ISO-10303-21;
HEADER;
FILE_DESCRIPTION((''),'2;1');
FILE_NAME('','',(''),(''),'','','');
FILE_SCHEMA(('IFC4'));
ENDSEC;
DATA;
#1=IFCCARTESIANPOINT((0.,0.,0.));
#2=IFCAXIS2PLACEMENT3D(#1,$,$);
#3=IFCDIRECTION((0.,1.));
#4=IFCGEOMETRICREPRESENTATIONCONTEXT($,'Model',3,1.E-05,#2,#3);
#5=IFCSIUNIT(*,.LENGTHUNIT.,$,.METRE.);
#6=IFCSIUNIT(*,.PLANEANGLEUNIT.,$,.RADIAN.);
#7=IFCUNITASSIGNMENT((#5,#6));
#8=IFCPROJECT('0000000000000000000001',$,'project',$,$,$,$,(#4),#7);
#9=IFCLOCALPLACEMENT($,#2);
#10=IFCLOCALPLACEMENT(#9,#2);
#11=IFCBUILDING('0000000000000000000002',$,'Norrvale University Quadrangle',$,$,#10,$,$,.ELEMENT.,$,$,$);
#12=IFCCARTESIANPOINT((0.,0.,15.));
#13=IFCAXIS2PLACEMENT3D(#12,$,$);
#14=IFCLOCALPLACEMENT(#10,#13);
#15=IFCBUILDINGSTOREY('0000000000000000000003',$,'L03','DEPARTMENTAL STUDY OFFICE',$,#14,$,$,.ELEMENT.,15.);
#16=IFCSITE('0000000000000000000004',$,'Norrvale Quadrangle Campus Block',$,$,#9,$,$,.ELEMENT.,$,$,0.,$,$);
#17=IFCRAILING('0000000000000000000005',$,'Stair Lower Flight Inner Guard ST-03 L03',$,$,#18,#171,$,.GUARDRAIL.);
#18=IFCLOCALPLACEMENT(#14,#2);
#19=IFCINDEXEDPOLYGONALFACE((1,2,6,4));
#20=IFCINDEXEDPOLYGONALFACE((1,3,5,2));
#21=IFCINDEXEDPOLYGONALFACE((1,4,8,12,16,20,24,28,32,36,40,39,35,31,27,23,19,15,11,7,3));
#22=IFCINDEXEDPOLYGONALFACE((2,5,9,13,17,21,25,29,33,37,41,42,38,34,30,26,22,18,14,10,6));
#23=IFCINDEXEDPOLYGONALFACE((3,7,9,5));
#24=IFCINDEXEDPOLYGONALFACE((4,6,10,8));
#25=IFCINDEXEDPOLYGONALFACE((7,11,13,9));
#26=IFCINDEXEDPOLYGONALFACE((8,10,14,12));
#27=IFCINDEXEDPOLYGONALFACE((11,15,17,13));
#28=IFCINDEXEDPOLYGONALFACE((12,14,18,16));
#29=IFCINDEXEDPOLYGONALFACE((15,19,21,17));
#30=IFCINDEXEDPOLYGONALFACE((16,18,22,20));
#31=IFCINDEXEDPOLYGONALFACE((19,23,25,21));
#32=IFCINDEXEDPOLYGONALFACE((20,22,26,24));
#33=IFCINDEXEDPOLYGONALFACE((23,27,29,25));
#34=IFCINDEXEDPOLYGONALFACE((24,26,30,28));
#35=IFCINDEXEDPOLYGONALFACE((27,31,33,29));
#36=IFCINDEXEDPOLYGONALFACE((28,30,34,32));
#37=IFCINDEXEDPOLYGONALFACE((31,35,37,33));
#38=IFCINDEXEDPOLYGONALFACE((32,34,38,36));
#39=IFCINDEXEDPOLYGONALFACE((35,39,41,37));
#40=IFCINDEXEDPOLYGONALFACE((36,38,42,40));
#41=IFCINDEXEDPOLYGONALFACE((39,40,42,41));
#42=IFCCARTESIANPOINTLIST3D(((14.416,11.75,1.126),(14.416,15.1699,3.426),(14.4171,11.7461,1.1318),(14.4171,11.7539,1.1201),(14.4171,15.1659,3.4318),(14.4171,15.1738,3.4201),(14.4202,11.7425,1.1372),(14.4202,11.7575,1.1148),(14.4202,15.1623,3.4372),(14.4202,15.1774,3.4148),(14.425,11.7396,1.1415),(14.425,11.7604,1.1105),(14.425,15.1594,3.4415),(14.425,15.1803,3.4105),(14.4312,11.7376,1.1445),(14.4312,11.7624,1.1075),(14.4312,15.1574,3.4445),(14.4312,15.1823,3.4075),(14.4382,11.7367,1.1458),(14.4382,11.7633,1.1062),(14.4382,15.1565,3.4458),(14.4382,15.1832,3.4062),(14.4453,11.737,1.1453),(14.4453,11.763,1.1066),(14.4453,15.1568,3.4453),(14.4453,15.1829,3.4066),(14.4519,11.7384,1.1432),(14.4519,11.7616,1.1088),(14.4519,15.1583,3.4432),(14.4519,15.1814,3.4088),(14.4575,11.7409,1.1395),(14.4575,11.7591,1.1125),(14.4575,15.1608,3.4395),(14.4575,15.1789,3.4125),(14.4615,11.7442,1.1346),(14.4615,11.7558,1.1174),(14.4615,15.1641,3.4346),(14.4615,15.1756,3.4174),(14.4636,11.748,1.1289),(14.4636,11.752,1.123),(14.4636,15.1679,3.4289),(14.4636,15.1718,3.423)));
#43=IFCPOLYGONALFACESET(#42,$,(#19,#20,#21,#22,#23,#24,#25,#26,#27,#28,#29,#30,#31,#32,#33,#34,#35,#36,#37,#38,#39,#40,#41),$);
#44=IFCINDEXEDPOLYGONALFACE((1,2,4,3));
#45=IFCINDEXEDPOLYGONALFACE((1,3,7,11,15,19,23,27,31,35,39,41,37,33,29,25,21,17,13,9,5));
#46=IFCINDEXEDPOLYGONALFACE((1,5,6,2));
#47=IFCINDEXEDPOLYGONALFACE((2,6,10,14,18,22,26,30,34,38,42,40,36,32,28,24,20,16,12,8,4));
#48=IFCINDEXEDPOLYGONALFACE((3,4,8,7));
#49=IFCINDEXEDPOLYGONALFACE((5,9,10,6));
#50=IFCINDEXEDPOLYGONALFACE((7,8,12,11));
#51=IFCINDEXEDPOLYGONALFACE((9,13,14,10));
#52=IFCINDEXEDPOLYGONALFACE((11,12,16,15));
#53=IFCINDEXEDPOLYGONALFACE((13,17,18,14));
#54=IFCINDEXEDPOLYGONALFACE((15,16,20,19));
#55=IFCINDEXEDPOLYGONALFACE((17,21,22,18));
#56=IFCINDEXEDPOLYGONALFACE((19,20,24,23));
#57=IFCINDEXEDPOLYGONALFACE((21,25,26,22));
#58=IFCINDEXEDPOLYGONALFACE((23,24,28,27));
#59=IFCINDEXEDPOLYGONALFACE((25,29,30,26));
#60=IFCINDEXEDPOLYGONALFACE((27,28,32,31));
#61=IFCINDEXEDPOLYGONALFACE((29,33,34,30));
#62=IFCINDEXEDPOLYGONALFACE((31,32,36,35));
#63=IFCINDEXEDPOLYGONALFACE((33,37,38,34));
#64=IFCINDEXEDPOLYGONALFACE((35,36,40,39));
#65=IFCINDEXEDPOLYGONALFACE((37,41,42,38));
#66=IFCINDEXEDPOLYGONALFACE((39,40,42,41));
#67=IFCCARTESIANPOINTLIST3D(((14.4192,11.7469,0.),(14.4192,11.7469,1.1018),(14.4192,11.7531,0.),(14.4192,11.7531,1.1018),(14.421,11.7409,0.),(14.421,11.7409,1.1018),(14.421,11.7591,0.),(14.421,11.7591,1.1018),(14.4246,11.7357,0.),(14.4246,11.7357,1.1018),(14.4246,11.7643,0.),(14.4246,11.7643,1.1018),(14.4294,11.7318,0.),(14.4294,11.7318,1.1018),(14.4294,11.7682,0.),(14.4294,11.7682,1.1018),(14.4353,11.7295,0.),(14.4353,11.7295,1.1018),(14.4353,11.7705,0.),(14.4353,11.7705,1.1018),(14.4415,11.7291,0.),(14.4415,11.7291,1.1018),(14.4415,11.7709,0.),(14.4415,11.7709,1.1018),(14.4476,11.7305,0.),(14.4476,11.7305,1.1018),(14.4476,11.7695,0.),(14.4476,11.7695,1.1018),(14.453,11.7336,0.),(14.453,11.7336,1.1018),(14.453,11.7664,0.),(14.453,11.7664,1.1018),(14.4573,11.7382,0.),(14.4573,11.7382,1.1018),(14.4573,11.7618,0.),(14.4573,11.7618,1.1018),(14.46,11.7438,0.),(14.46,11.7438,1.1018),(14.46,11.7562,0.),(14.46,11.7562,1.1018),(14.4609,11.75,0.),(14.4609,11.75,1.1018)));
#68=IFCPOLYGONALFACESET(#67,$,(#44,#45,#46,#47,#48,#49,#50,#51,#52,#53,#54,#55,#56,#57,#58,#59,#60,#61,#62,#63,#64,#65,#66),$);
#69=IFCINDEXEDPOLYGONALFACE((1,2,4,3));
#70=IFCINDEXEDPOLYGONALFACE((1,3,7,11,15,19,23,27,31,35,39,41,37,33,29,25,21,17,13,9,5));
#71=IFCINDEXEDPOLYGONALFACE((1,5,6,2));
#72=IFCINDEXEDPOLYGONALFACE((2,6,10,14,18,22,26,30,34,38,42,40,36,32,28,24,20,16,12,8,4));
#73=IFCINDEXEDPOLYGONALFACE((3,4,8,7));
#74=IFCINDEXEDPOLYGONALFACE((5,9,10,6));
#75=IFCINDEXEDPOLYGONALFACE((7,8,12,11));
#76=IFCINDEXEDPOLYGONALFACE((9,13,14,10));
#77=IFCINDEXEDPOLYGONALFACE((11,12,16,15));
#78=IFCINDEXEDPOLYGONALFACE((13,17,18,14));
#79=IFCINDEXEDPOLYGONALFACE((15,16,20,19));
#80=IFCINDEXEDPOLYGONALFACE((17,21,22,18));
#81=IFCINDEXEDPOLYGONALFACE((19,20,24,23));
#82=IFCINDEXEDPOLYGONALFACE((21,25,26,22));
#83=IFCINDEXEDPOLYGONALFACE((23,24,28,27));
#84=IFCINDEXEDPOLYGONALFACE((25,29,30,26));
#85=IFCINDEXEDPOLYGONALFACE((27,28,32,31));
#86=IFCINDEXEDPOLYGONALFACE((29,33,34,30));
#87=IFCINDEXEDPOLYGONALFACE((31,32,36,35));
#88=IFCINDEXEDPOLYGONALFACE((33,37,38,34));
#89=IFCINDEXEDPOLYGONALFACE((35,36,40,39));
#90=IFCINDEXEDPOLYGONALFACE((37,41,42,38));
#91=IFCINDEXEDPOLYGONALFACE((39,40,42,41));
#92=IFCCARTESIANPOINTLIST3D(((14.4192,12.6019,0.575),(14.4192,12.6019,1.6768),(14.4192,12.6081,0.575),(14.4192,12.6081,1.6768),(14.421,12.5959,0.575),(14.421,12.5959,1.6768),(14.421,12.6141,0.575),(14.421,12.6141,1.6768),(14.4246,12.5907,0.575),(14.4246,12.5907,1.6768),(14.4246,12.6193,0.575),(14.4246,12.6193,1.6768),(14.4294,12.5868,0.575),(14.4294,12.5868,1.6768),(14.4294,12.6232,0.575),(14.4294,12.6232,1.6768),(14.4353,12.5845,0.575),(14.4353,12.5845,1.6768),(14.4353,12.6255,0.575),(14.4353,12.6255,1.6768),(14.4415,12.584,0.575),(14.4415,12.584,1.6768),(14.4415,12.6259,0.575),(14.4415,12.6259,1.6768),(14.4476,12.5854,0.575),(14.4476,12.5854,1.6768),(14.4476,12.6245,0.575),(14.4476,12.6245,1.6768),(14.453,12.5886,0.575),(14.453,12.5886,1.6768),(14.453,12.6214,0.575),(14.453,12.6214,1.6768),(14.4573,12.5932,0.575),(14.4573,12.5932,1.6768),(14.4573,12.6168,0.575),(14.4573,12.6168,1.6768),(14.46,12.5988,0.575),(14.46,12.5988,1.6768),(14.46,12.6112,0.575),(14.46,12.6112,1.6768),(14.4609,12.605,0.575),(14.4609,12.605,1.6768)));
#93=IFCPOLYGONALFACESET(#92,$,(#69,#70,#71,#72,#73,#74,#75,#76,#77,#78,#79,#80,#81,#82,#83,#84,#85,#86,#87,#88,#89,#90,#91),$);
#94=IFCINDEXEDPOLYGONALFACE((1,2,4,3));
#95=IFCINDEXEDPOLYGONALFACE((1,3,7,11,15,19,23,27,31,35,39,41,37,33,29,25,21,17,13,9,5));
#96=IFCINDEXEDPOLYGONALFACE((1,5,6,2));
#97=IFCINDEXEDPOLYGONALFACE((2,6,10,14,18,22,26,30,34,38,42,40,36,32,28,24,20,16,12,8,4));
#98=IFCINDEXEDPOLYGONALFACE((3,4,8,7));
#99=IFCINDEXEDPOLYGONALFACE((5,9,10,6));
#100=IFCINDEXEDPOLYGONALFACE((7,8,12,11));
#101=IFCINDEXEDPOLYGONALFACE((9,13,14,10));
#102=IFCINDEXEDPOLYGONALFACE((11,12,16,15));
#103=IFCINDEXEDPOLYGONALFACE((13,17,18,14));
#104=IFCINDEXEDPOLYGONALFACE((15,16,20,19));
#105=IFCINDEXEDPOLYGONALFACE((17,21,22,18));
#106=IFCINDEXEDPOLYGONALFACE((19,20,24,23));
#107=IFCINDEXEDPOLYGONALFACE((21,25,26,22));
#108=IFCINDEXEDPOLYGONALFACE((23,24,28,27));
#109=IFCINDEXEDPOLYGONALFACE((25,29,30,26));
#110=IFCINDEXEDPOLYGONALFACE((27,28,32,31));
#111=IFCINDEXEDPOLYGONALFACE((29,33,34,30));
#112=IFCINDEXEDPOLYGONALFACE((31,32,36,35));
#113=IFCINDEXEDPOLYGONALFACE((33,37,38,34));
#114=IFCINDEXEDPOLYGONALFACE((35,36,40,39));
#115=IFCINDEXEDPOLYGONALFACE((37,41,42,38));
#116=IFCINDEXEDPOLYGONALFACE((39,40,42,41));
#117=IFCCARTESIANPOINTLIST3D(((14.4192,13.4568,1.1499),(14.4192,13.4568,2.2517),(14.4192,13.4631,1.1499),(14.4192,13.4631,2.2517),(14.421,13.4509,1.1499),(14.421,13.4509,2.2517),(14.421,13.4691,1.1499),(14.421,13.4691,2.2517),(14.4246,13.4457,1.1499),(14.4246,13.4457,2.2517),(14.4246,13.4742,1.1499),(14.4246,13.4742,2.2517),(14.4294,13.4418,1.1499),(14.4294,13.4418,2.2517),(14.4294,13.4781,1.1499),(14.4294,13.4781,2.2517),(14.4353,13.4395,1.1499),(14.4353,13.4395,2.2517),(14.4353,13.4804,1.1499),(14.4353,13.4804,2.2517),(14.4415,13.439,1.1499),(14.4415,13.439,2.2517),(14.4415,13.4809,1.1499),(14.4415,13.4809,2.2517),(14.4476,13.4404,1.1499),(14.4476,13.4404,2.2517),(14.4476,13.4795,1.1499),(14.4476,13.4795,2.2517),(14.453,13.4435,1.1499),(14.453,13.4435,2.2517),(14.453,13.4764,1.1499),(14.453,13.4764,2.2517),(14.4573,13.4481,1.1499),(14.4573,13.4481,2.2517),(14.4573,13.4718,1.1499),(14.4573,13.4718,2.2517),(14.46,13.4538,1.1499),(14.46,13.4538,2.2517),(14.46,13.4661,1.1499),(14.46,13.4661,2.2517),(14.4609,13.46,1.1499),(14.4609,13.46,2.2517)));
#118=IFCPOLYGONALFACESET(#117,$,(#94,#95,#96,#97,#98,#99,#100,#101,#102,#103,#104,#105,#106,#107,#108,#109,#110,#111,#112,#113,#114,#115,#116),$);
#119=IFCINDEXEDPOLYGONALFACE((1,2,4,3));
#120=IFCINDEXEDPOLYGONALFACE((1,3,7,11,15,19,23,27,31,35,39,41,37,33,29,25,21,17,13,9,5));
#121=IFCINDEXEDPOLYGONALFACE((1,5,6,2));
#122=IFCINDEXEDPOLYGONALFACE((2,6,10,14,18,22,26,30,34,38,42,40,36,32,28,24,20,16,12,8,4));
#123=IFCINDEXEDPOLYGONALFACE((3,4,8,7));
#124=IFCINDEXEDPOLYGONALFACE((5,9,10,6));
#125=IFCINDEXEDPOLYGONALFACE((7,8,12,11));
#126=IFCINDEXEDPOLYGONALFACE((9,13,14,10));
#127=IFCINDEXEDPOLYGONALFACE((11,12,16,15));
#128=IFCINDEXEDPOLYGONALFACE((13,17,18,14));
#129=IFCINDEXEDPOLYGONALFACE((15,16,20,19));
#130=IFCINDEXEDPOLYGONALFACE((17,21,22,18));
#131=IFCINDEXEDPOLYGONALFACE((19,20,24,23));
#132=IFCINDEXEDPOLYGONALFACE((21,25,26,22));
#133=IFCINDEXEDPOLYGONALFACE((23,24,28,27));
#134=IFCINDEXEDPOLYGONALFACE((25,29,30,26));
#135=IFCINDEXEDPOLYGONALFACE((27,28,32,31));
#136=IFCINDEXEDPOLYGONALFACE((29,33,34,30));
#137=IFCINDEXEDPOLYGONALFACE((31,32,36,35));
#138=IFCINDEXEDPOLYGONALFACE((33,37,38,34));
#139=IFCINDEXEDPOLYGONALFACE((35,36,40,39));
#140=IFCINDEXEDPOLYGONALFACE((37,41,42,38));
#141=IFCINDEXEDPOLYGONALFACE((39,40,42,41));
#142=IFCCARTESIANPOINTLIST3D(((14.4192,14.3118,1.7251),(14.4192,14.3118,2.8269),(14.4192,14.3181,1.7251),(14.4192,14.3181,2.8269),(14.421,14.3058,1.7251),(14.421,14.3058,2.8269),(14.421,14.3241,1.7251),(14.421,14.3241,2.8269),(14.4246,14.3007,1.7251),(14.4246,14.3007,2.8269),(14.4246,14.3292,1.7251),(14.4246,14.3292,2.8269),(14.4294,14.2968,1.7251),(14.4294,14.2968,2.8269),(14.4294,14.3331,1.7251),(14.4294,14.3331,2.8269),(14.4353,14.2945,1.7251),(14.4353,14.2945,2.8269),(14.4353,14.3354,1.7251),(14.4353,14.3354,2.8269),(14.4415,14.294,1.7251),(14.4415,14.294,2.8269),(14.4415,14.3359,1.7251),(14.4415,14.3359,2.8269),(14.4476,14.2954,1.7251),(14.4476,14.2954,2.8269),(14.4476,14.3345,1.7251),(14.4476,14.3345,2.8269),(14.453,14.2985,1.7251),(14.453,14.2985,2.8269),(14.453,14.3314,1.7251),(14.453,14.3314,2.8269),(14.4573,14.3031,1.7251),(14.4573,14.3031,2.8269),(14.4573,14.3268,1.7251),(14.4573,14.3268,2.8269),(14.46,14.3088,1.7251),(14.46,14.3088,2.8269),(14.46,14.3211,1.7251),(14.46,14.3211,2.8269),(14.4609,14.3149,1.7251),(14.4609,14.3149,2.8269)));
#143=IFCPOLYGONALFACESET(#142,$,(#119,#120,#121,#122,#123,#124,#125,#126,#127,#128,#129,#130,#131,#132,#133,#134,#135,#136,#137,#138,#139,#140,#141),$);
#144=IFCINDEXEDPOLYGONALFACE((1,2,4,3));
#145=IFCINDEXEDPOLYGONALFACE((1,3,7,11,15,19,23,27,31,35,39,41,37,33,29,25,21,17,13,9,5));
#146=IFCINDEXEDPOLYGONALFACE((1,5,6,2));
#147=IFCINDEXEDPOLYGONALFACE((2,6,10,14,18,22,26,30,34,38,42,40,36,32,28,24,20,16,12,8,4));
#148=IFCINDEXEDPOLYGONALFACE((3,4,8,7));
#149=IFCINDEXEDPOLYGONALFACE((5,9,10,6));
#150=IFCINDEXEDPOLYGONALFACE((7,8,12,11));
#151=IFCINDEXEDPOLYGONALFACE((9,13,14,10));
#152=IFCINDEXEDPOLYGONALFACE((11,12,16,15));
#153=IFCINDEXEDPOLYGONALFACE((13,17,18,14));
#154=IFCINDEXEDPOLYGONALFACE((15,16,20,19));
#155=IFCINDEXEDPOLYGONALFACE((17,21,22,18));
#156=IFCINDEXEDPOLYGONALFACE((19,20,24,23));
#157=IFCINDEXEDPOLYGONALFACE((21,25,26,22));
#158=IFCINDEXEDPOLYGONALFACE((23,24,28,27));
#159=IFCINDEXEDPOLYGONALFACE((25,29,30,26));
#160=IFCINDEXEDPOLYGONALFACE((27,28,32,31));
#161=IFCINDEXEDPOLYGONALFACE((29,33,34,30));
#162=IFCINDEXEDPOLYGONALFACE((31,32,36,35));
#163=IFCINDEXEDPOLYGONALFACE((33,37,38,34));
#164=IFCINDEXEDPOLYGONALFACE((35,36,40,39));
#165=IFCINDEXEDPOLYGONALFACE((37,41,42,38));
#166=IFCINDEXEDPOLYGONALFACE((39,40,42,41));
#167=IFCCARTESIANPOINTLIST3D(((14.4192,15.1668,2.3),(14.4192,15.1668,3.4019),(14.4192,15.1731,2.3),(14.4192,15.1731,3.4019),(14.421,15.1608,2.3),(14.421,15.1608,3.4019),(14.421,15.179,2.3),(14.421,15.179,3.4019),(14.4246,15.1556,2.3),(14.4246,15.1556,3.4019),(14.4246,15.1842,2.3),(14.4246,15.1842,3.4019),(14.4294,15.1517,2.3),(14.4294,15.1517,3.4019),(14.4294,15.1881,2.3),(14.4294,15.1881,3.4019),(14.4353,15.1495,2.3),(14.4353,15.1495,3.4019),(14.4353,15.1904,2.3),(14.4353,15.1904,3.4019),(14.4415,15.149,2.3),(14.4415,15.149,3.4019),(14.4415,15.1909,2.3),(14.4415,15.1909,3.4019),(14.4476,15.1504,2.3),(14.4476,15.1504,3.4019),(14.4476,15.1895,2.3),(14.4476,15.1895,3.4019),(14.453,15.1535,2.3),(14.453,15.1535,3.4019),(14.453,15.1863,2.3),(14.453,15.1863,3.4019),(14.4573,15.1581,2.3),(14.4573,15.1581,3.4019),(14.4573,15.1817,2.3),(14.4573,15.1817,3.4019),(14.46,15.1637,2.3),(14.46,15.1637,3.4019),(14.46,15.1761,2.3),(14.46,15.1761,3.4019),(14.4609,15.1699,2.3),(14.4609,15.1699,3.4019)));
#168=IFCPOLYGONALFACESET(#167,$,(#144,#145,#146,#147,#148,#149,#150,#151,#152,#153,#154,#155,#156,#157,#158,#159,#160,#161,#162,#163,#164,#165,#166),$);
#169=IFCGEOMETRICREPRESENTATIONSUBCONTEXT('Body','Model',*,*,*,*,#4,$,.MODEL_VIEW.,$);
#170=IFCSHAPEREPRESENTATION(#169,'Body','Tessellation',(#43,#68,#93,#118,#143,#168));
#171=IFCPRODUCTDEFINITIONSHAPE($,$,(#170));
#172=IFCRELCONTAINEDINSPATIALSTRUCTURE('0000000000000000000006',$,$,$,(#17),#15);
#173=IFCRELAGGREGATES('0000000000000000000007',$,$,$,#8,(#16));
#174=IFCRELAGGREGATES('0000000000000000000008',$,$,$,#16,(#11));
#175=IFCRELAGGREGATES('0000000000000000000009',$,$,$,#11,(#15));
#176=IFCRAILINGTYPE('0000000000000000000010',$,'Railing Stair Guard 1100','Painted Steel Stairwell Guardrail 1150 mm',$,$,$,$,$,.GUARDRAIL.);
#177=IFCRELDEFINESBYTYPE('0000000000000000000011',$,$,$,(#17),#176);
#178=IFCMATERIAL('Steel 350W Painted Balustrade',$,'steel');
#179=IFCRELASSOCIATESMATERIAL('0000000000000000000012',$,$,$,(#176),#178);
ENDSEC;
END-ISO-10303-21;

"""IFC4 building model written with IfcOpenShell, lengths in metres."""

from ifc_helpers import new_model, si_unit, direction, frame, origin, origin_2d, place, context, subcontext, project, spatial, circle, extrude, material, type_object, element, save


model = new_model("IFC4")

# Units and contexts
model_context = context("Model", 3, precision=1e-05, world=origin(), true_north=direction((0.0, 1.0)))
body_context = subcontext(model_context, "Body", "Model", "MODEL_VIEW")
ifc_project = project(units=[si_unit("LENGTHUNIT", "METRE"), si_unit("PLANEANGLEUNIT", "RADIAN")], contexts=[model_context])

# Site, building, storey
site_placement = place(None, origin())
site = spatial("IfcSite", under=ifc_project, at=site_placement, Name="Norrvale Quadrangle Campus Block", CompositionType="ELEMENT", RefElevation=0.0)
building_placement = place(site_placement, origin())
building = spatial("IfcBuilding", under=site, at=building_placement, Name="Norrvale University Quadrangle", CompositionType="ELEMENT")
storey_placement = place(building_placement, frame((0.0, 0.0, 15.0)))
storey = spatial("IfcBuildingStorey", under=building, at=storey_placement, Name="L03", Description="DEPARTMENTAL STUDY OFFICE", CompositionType="ELEMENT", Elevation=15.0)

# Railing
ifc_material_1 = material(Name="Steel 350W Painted Balustrade", Category="steel")
railing_type_1 = type_object("IfcRailingType", Name="Railing Stair Guard 1100", Description="Painted Steel Stairwell Guardrail 1150 mm", PredefinedType="GUARDRAIL", material=ifc_material_1)
railing_1_placement = place(storey_placement, frame((14.4399, 11.75, 0.0)))
element("IfcRailing", 1, at=railing_1_placement, inside=storey, type_object=railing_type_1, Name="Stair Lower Flight Inner Guard ST-03 L03", PredefinedType="GUARDRAIL", context=body_context, shape_type="SweptSolid", body=[
    extrude(circle(Radius=0.0239, at=origin_2d()), frame((0.0, 0.0, 1.126), z_axis=(0.0, 0.829792, 0.558072), x_axis=(-1.0, 0.0, 0.0)), (0.0, 0.0, 1.0), 4.1213),
    extrude(circle(Radius=0.021, at=origin_2d()), origin(), (0.0, 0.0, 1.0), 1.1018),
    extrude(circle(Radius=0.021, at=origin_2d()), frame((0.0, 0.855, 0.575)), (0.0, 0.0, 1.0), 1.1018),
    extrude(circle(Radius=0.021, at=origin_2d()), frame((0.0, 1.71, 1.1499)), (0.0, 0.0, 1.0), 1.1018),
    extrude(circle(Radius=0.021, at=origin_2d()), frame((0.0, 2.5649, 1.7251)), (0.0, 0.0, 1.0), 1.1018),
    extrude(circle(Radius=0.021, at=origin_2d()), frame((0.0, 3.4199, 2.3)), (0.0, 0.0, 1.0), 1.1018),
])

save(model, "model.ifc")
